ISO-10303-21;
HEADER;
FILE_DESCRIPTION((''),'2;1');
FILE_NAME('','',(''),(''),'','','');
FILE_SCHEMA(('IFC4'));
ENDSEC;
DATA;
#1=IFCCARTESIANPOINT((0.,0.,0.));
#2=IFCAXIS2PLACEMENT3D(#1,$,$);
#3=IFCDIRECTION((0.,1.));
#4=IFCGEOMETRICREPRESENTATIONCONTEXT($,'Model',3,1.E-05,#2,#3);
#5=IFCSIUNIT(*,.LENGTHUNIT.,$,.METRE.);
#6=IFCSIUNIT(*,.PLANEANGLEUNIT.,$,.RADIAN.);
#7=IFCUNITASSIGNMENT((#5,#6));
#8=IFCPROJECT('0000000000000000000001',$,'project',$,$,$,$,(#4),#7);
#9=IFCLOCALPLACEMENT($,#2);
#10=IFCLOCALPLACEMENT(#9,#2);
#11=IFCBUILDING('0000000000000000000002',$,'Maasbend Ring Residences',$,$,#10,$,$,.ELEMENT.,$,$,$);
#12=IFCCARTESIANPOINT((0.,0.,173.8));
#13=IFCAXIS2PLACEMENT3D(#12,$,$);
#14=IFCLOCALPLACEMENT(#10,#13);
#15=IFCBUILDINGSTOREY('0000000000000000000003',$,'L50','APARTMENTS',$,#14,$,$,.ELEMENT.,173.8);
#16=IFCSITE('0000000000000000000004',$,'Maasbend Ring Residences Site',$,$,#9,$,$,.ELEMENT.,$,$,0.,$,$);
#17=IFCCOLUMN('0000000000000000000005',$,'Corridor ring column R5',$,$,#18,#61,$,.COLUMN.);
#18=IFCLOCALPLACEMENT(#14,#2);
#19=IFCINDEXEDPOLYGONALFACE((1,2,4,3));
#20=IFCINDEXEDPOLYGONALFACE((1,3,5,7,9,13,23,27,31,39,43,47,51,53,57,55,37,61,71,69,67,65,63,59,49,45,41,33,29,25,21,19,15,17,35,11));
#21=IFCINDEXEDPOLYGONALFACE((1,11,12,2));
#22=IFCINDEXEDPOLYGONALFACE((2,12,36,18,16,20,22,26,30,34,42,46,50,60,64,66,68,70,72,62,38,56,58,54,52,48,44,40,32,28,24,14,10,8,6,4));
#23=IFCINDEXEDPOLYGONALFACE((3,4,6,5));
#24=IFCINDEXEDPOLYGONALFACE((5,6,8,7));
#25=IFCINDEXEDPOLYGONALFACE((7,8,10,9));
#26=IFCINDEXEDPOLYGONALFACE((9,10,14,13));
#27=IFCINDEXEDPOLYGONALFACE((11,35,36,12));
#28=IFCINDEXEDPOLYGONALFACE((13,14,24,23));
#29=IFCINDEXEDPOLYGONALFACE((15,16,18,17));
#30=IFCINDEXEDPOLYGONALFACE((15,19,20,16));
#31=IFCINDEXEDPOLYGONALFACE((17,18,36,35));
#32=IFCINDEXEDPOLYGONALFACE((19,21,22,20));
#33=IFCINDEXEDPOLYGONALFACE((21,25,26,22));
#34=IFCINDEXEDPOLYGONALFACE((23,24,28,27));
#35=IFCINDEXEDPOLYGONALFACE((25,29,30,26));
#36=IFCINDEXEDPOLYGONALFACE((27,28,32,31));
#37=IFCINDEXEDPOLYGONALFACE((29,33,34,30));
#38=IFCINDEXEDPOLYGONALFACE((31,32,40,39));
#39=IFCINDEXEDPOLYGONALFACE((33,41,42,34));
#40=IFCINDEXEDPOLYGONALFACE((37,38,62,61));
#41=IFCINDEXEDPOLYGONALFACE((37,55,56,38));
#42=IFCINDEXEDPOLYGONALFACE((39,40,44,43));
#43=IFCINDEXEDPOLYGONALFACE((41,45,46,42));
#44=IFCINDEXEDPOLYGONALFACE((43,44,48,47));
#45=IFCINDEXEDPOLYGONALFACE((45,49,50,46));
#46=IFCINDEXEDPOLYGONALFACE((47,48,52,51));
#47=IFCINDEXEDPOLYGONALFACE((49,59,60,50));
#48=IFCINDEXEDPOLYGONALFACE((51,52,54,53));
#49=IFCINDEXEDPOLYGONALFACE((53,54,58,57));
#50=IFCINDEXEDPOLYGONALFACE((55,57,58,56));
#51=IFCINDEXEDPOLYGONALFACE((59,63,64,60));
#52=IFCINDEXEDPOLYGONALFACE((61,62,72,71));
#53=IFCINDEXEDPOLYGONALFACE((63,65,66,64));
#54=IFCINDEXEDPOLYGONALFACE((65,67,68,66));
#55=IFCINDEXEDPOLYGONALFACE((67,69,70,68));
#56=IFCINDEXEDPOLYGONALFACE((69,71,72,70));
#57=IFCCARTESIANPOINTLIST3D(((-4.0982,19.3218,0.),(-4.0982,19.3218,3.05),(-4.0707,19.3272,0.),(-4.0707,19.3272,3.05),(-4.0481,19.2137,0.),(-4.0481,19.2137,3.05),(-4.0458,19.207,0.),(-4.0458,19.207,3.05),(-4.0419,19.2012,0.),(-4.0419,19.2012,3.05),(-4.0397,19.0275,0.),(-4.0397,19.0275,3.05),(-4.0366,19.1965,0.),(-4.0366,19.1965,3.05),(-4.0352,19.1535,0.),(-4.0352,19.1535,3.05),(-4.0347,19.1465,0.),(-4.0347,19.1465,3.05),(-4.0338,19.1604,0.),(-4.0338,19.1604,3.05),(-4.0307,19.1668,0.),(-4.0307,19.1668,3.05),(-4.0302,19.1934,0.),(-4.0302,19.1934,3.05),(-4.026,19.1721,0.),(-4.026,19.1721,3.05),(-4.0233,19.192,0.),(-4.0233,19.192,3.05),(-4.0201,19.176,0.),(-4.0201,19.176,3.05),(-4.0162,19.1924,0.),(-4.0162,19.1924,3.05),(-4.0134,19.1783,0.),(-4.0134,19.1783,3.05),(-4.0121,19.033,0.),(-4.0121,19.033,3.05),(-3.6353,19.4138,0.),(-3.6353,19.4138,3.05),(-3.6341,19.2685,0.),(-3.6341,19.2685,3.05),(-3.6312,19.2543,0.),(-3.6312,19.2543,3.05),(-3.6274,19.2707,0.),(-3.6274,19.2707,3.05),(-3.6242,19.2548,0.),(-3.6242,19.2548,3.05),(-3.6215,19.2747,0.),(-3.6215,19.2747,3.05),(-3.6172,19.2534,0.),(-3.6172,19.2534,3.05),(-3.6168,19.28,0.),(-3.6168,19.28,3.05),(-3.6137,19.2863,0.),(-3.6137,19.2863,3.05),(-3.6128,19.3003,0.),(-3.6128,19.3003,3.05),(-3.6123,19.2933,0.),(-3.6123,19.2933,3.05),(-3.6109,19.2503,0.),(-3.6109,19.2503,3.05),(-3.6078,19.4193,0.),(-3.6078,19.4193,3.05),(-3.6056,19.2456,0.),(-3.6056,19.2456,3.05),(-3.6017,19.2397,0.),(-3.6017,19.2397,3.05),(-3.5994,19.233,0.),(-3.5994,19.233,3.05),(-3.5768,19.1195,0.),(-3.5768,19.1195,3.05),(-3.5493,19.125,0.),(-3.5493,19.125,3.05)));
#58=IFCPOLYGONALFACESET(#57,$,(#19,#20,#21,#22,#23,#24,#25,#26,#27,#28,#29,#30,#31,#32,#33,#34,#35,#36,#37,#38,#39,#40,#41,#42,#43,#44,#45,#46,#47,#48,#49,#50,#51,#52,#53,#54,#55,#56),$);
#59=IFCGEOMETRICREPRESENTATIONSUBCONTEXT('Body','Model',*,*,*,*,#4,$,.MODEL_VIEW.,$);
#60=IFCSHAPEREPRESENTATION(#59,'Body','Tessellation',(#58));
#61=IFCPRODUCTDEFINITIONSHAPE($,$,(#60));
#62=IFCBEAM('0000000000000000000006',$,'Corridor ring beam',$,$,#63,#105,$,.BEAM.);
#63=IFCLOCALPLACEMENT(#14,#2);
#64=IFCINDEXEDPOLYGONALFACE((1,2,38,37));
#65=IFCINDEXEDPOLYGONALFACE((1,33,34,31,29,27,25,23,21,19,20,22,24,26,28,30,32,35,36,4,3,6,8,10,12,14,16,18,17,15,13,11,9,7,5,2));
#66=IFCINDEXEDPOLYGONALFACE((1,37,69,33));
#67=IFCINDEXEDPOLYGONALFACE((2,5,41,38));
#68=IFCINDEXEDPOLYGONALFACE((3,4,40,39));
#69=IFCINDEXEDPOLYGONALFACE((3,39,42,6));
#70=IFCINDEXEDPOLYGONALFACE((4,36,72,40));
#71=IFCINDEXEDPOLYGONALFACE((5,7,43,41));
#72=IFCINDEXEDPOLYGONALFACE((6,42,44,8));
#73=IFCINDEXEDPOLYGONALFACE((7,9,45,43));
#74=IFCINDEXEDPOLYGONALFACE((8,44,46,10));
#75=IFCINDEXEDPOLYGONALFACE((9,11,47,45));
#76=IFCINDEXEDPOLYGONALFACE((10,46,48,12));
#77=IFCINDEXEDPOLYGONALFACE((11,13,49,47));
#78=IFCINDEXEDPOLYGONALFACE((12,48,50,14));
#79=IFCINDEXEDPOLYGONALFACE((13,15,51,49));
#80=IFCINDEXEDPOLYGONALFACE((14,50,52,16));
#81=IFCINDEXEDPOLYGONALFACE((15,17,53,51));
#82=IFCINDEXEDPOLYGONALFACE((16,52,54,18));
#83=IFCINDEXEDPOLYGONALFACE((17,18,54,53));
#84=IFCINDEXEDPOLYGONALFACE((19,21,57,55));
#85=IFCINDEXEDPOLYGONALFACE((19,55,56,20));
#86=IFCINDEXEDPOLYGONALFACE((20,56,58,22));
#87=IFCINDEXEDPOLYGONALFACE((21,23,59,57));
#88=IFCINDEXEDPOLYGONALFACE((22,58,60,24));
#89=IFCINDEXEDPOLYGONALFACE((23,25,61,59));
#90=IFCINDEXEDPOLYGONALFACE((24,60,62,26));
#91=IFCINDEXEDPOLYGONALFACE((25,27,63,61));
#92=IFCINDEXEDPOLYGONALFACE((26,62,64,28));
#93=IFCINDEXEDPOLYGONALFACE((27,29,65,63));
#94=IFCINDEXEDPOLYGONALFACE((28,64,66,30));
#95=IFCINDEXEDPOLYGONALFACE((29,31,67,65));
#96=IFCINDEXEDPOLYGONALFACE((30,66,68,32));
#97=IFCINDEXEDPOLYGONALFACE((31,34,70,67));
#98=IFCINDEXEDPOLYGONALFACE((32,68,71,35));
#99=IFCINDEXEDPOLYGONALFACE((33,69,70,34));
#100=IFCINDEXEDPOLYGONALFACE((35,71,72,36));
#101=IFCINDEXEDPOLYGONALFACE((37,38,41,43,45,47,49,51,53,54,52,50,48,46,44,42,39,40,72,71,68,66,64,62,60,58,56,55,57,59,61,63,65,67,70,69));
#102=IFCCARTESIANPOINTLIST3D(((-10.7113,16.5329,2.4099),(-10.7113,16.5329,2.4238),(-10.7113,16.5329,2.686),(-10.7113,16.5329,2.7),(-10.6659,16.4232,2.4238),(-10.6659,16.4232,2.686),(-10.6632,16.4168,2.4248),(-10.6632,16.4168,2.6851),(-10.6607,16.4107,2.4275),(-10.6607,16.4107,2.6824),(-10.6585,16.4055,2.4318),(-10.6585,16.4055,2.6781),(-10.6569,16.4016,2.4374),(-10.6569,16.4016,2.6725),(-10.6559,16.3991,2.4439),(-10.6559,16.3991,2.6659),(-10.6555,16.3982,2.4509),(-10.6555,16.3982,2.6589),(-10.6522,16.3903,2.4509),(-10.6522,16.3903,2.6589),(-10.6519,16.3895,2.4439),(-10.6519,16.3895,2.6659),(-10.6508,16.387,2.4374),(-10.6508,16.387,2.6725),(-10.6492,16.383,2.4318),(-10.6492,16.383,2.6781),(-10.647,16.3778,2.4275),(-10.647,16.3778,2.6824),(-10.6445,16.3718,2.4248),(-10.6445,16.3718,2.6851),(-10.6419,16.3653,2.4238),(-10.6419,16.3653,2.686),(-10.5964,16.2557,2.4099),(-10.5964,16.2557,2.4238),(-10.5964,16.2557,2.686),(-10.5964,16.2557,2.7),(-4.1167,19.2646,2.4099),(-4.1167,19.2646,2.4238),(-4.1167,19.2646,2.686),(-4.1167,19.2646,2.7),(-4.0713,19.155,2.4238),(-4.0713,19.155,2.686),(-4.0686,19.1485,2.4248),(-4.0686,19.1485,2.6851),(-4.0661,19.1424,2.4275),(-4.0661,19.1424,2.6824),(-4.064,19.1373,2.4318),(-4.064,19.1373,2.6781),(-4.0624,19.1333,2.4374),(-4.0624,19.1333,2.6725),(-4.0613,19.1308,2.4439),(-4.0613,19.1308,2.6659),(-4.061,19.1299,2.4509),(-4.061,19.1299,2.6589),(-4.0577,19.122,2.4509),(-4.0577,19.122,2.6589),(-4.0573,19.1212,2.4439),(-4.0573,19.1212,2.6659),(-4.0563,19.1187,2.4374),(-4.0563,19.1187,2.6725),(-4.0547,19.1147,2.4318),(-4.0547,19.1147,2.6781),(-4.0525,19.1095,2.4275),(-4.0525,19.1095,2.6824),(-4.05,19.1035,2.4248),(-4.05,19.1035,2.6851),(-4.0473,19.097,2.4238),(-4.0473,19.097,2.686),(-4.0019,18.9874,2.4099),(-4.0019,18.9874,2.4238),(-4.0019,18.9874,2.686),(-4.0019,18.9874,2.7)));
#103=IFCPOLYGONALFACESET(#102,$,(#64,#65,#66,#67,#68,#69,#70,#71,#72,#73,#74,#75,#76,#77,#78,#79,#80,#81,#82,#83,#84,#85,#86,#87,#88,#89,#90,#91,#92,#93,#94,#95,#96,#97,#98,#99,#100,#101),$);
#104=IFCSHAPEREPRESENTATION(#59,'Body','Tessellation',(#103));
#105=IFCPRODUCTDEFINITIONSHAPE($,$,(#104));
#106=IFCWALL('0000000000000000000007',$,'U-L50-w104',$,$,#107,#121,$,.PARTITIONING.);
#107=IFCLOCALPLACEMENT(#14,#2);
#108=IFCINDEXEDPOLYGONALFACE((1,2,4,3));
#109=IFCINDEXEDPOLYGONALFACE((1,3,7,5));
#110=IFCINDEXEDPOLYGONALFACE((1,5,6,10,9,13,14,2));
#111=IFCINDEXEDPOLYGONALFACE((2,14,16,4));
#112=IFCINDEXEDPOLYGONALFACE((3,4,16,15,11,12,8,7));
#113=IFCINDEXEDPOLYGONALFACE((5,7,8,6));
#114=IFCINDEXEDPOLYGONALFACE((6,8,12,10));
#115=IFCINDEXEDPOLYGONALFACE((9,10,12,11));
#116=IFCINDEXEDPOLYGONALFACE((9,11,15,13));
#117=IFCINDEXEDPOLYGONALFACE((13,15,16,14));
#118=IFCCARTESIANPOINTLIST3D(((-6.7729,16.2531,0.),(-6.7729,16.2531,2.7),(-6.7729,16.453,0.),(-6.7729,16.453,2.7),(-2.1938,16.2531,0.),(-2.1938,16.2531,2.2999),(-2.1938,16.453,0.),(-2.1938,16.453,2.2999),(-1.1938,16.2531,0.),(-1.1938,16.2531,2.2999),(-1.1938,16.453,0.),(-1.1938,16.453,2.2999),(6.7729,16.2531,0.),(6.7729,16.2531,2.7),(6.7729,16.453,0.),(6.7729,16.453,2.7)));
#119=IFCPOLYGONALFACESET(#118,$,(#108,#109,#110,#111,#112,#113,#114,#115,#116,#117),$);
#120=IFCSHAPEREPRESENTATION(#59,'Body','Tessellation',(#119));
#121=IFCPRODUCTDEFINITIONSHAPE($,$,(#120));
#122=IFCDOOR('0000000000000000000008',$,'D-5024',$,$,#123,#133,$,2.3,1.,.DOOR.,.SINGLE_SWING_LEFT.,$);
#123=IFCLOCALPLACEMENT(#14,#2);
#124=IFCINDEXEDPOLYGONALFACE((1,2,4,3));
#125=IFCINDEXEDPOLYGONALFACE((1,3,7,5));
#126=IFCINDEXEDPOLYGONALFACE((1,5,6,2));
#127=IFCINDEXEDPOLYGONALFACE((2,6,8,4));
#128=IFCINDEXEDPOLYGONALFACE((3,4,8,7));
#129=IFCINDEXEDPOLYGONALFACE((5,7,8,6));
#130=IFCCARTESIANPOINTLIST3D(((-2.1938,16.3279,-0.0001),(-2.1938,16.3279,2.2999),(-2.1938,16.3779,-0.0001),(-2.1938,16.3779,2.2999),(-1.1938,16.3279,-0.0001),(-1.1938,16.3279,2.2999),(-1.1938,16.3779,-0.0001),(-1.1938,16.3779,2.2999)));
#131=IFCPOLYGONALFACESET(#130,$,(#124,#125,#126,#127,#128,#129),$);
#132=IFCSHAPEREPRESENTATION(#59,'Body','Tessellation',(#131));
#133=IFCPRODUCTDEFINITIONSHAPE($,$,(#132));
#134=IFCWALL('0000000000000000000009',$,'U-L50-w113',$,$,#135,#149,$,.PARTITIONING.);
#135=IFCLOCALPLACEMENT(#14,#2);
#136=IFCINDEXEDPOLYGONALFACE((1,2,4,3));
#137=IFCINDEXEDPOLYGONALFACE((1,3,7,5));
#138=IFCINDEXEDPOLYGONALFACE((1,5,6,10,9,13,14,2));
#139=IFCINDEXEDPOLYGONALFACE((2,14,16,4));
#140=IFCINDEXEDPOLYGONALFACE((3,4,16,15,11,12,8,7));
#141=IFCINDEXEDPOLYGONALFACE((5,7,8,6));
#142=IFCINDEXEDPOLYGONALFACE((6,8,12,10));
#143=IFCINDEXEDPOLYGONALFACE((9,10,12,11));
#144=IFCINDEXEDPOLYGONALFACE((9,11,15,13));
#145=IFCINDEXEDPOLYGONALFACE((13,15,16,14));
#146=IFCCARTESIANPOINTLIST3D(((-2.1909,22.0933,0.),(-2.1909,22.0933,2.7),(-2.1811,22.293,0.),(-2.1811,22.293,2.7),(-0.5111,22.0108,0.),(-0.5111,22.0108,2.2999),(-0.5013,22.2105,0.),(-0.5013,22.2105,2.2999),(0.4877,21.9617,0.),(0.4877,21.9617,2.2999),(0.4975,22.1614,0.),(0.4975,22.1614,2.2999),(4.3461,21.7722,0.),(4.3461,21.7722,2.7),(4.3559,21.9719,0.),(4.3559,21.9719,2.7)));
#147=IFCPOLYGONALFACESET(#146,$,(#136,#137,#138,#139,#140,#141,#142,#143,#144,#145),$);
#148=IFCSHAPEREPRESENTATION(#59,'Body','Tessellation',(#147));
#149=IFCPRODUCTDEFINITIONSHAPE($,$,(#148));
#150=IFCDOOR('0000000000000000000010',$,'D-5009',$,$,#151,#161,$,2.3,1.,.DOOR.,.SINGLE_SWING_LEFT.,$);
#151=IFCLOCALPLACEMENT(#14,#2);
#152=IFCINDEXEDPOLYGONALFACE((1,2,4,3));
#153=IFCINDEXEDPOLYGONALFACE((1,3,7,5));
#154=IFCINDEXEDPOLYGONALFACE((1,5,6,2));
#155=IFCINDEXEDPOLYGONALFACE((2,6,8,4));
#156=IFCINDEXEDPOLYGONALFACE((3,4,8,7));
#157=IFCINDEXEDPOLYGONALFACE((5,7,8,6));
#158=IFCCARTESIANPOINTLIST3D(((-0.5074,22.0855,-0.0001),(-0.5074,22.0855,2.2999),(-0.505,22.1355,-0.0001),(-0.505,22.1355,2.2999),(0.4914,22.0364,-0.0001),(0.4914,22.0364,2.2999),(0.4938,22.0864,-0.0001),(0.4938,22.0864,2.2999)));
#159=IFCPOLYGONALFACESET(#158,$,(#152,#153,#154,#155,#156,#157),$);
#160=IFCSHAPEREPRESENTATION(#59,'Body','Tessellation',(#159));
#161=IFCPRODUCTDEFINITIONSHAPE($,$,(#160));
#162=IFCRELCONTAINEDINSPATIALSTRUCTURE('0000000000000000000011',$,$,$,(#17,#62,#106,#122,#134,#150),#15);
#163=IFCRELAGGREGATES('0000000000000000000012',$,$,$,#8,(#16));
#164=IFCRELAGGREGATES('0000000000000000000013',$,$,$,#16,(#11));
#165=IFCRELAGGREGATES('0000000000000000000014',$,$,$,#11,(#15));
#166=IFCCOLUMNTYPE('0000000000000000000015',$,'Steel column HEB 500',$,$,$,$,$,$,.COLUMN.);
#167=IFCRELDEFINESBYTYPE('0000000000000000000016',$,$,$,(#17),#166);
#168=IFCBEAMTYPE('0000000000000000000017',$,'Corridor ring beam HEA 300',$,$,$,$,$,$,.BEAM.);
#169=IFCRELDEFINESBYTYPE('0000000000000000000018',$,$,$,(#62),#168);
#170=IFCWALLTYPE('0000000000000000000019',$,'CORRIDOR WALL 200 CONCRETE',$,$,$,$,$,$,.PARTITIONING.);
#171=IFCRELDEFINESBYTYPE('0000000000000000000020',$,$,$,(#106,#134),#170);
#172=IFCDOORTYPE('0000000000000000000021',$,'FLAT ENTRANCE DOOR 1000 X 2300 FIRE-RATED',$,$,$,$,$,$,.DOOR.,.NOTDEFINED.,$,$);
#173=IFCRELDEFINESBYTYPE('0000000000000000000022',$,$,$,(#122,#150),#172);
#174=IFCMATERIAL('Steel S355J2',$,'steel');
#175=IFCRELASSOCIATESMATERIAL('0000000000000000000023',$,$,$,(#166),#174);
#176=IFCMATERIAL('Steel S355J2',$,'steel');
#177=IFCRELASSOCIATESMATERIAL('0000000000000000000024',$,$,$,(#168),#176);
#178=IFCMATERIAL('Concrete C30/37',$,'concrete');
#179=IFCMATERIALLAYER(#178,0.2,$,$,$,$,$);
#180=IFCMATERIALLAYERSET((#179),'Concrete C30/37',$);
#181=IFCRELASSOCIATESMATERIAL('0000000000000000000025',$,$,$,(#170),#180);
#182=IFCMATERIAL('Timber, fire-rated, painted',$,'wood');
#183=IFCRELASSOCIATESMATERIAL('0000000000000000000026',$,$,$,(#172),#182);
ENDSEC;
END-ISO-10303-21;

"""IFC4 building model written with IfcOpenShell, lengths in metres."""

from ifc_helpers import new_model, si_unit, direction, frame, frame_2d, origin, origin_2d, place, context, subcontext, project, spatial, rectangle, i_section, extrude, material, layer, layer_set, material_profile, profile_set, type_object, element, fill, save


model = new_model("IFC4")

# Units and contexts
model_context = context("Model", 3, precision=1e-05, world=origin(), true_north=direction((0.0, 1.0)))
body_context = subcontext(model_context, "Body", "Model", "MODEL_VIEW")
ifc_project = project(units=[si_unit("LENGTHUNIT", "METRE"), si_unit("PLANEANGLEUNIT", "RADIAN")], contexts=[model_context])

# Site, building, storey
site_placement = place(None, origin())
site = spatial("IfcSite", under=ifc_project, at=site_placement, Name="Maasbend Ring Residences Site", CompositionType="ELEMENT", RefElevation=0.0)
building_placement = place(site_placement, origin())
building = spatial("IfcBuilding", under=site, at=building_placement, Name="Maasbend Ring Residences", CompositionType="ELEMENT")
storey_placement = place(building_placement, frame((0.0, 0.0, 173.8)))
storey = spatial("IfcBuildingStorey", under=building, at=storey_placement, Name="L50", Description="APARTMENTS", CompositionType="ELEMENT", Elevation=173.8)

# Column
ifc_material_1 = material(Name="Steel S355J2", Category="steel")
ifc_material_profile_1 = material_profile(ifc_material_1, i_section(OverallWidth=0.3, OverallDepth=0.5, WebThickness=0.0144, FlangeThickness=0.0281, FilletRadius=0.0271, at=origin_2d()), Name="HEB 500")
ifc_profile_set_1 = profile_set([ifc_material_profile_1], Name="Steel S355J2")
column_type = type_object("IfcColumnType", Name="Steel column HEB 500", PredefinedType="COLUMN", material=ifc_profile_set_1)
column_placement = place(storey_placement, frame((-3.8237, 19.2234, 0.0), z_axis=(0.0, 0.0, 1.0), x_axis=(-0.19509, 0.980785, 0.0)))
element("IfcColumn", 1, at=column_placement, inside=storey, type_object=column_type, Name="Corridor ring column R5", PredefinedType="COLUMN", context=body_context, shape_type="SweptSolid", body=[
    extrude(i_section(OverallWidth=0.3, OverallDepth=0.5, WebThickness=0.0144, FlangeThickness=0.0281, FilletRadius=0.0271, at=origin_2d()), origin(), (0.0, 0.0, 1.0), 3.05),
])

# Beam
ifc_material_2 = material(Name="Steel S355J2", Category="steel")
ifc_material_profile_2 = material_profile(ifc_material_2, i_section(OverallWidth=0.3, OverallDepth=0.29, WebThickness=0.0085, FlangeThickness=0.0139, FilletRadius=0.0271, at=origin_2d()), Name="HEA 300")
ifc_profile_set_2 = profile_set([ifc_material_profile_2], Name="Steel S355J2")
beam_type = type_object("IfcBeamType", Name="Corridor ring beam HEA 300", PredefinedType="BEAM", material=ifc_profile_set_2)
beam_placement = place(storey_placement, frame((-4.0593, 19.126, 2.5549), z_axis=(-0.923871, -0.382703, 0.0), x_axis=(0.382703, -0.923871, 0.0)))
element("IfcBeam", 2, at=beam_placement, inside=storey, type_object=beam_type, Name="Corridor ring beam", PredefinedType="BEAM", context=body_context, shape_type="SweptSolid", body=[
    extrude(i_section(OverallWidth=0.3, OverallDepth=0.29, WebThickness=0.0085, FlangeThickness=0.0139, FilletRadius=0.0271, at=origin_2d()), origin(), (0.0, 0.0, 1.0), 7.1379),
])

# Walls, openings, doors
ifc_material_3 = material(Name="Concrete C30/37", Category="concrete")
ifc_layer_1 = layer(ifc_material_3, 0.2)
ifc_layer_set_1 = layer_set([ifc_layer_1], Name="Concrete C30/37")
wall_type_1 = type_object("IfcWallType", Name="CORRIDOR WALL 200 CONCRETE", PredefinedType="PARTITIONING", material=ifc_layer_set_1)
wall_1_placement = place(storey_placement, frame((-6.7729, 16.353, 0.0), z_axis=(0.0, 0.0, 1.0), x_axis=(1.0, 0.0, 0.0)))
wall_1 = element("IfcWall", 3, at=wall_1_placement, inside=storey, type_object=wall_type_1, Name="U-L50-w104", PredefinedType="PARTITIONING", context=body_context, shape_type="SweptSolid", body=[
    extrude(rectangle(XDim=13.5459, YDim=0.2, at=frame_2d((6.7729, 0.0))), origin(), (0.0, 0.0, 1.0), 2.7),
])
opening_1_placement = place(wall_1_placement, frame((4.5791, 0.0, 0.0)))
opening_1 = element("IfcOpeningElement", 4, at=opening_1_placement, cuts=wall_1, PredefinedType="OPENING", context=body_context, shape_type="SweptSolid", body=[
    extrude(rectangle(XDim=1.0, YDim=2.3, at=frame_2d((0.5, 1.1499))), frame((0.0, 0.1099, 0.0), z_axis=(0.0, -1.0, 0.0), x_axis=(1.0, 0.0, 0.0)), (0.0, 0.0, 1.0), 0.22),
])
ifc_material_4 = material(Name="Timber, fire-rated, painted", Category="wood")
door_type_1 = type_object("IfcDoorType", Name="FLAT ENTRANCE DOOR 1000 X 2300 FIRE-RATED", OperationType="NOTDEFINED", PredefinedType="DOOR", material=ifc_material_4)
door_1_placement = place(opening_1_placement, origin())
door_1 = element("IfcDoor", 5, at=door_1_placement, inside=storey, type_object=door_type_1, Name="D-5024", OperationType="SINGLE_SWING_LEFT", OverallHeight=2.3, OverallWidth=1.0, PredefinedType="DOOR", context=body_context, shape_type="SweptSolid", body=[
    extrude(rectangle(XDim=1.0, YDim=2.3, at=frame_2d((0.5, 1.1499))), frame((0.0, 0.0249, 0.0), z_axis=(0.0, -1.0, 0.0), x_axis=(1.0, 0.0, 0.0)), (0.0, 0.0, 1.0), 0.05),
])
fill(opening_1, door_1)
wall_2_placement = place(storey_placement, frame((-2.186, 22.1931, 0.0), z_axis=(0.0, 0.0, 1.0), x_axis=(0.998796, -0.049052, 0.0)))
wall_2 = element("IfcWall", 6, at=wall_2_placement, inside=storey, type_object=wall_type_1, Name="U-L50-w113", PredefinedType="PARTITIONING", context=body_context, shape_type="SweptSolid", body=[
    extrude(rectangle(XDim=6.5449, YDim=0.2, at=frame_2d((3.2725, 0.0))), origin(), (0.0, 0.0, 1.0), 2.7),
])
opening_2_placement = place(wall_2_placement, frame((1.6819, 0.0, 0.0)))
opening_2 = element("IfcOpeningElement", 7, at=opening_2_placement, cuts=wall_2, PredefinedType="OPENING", context=body_context, shape_type="SweptSolid", body=[
    extrude(rectangle(XDim=1.0, YDim=2.3, at=frame_2d((0.5, 1.1499))), frame((0.0, 0.1099, 0.0), z_axis=(0.0, -1.0, 0.0), x_axis=(1.0, 0.0, 0.0)), (0.0, 0.0, 1.0), 0.22),
])
door_2_placement = place(opening_2_placement, origin())
door_2 = element("IfcDoor", 8, at=door_2_placement, inside=storey, type_object=door_type_1, Name="D-5009", OperationType="SINGLE_SWING_LEFT", OverallHeight=2.3, OverallWidth=1.0, PredefinedType="DOOR", context=body_context, shape_type="SweptSolid", body=[
    extrude(rectangle(XDim=1.0, YDim=2.3, at=frame_2d((0.5, 1.1499))), frame((0.0, 0.0249, 0.0), z_axis=(0.0, -1.0, 0.0), x_axis=(1.0, 0.0, 0.0)), (0.0, 0.0, 1.0), 0.05),
])
fill(opening_2, door_2)

save(model, "model.ifc")
